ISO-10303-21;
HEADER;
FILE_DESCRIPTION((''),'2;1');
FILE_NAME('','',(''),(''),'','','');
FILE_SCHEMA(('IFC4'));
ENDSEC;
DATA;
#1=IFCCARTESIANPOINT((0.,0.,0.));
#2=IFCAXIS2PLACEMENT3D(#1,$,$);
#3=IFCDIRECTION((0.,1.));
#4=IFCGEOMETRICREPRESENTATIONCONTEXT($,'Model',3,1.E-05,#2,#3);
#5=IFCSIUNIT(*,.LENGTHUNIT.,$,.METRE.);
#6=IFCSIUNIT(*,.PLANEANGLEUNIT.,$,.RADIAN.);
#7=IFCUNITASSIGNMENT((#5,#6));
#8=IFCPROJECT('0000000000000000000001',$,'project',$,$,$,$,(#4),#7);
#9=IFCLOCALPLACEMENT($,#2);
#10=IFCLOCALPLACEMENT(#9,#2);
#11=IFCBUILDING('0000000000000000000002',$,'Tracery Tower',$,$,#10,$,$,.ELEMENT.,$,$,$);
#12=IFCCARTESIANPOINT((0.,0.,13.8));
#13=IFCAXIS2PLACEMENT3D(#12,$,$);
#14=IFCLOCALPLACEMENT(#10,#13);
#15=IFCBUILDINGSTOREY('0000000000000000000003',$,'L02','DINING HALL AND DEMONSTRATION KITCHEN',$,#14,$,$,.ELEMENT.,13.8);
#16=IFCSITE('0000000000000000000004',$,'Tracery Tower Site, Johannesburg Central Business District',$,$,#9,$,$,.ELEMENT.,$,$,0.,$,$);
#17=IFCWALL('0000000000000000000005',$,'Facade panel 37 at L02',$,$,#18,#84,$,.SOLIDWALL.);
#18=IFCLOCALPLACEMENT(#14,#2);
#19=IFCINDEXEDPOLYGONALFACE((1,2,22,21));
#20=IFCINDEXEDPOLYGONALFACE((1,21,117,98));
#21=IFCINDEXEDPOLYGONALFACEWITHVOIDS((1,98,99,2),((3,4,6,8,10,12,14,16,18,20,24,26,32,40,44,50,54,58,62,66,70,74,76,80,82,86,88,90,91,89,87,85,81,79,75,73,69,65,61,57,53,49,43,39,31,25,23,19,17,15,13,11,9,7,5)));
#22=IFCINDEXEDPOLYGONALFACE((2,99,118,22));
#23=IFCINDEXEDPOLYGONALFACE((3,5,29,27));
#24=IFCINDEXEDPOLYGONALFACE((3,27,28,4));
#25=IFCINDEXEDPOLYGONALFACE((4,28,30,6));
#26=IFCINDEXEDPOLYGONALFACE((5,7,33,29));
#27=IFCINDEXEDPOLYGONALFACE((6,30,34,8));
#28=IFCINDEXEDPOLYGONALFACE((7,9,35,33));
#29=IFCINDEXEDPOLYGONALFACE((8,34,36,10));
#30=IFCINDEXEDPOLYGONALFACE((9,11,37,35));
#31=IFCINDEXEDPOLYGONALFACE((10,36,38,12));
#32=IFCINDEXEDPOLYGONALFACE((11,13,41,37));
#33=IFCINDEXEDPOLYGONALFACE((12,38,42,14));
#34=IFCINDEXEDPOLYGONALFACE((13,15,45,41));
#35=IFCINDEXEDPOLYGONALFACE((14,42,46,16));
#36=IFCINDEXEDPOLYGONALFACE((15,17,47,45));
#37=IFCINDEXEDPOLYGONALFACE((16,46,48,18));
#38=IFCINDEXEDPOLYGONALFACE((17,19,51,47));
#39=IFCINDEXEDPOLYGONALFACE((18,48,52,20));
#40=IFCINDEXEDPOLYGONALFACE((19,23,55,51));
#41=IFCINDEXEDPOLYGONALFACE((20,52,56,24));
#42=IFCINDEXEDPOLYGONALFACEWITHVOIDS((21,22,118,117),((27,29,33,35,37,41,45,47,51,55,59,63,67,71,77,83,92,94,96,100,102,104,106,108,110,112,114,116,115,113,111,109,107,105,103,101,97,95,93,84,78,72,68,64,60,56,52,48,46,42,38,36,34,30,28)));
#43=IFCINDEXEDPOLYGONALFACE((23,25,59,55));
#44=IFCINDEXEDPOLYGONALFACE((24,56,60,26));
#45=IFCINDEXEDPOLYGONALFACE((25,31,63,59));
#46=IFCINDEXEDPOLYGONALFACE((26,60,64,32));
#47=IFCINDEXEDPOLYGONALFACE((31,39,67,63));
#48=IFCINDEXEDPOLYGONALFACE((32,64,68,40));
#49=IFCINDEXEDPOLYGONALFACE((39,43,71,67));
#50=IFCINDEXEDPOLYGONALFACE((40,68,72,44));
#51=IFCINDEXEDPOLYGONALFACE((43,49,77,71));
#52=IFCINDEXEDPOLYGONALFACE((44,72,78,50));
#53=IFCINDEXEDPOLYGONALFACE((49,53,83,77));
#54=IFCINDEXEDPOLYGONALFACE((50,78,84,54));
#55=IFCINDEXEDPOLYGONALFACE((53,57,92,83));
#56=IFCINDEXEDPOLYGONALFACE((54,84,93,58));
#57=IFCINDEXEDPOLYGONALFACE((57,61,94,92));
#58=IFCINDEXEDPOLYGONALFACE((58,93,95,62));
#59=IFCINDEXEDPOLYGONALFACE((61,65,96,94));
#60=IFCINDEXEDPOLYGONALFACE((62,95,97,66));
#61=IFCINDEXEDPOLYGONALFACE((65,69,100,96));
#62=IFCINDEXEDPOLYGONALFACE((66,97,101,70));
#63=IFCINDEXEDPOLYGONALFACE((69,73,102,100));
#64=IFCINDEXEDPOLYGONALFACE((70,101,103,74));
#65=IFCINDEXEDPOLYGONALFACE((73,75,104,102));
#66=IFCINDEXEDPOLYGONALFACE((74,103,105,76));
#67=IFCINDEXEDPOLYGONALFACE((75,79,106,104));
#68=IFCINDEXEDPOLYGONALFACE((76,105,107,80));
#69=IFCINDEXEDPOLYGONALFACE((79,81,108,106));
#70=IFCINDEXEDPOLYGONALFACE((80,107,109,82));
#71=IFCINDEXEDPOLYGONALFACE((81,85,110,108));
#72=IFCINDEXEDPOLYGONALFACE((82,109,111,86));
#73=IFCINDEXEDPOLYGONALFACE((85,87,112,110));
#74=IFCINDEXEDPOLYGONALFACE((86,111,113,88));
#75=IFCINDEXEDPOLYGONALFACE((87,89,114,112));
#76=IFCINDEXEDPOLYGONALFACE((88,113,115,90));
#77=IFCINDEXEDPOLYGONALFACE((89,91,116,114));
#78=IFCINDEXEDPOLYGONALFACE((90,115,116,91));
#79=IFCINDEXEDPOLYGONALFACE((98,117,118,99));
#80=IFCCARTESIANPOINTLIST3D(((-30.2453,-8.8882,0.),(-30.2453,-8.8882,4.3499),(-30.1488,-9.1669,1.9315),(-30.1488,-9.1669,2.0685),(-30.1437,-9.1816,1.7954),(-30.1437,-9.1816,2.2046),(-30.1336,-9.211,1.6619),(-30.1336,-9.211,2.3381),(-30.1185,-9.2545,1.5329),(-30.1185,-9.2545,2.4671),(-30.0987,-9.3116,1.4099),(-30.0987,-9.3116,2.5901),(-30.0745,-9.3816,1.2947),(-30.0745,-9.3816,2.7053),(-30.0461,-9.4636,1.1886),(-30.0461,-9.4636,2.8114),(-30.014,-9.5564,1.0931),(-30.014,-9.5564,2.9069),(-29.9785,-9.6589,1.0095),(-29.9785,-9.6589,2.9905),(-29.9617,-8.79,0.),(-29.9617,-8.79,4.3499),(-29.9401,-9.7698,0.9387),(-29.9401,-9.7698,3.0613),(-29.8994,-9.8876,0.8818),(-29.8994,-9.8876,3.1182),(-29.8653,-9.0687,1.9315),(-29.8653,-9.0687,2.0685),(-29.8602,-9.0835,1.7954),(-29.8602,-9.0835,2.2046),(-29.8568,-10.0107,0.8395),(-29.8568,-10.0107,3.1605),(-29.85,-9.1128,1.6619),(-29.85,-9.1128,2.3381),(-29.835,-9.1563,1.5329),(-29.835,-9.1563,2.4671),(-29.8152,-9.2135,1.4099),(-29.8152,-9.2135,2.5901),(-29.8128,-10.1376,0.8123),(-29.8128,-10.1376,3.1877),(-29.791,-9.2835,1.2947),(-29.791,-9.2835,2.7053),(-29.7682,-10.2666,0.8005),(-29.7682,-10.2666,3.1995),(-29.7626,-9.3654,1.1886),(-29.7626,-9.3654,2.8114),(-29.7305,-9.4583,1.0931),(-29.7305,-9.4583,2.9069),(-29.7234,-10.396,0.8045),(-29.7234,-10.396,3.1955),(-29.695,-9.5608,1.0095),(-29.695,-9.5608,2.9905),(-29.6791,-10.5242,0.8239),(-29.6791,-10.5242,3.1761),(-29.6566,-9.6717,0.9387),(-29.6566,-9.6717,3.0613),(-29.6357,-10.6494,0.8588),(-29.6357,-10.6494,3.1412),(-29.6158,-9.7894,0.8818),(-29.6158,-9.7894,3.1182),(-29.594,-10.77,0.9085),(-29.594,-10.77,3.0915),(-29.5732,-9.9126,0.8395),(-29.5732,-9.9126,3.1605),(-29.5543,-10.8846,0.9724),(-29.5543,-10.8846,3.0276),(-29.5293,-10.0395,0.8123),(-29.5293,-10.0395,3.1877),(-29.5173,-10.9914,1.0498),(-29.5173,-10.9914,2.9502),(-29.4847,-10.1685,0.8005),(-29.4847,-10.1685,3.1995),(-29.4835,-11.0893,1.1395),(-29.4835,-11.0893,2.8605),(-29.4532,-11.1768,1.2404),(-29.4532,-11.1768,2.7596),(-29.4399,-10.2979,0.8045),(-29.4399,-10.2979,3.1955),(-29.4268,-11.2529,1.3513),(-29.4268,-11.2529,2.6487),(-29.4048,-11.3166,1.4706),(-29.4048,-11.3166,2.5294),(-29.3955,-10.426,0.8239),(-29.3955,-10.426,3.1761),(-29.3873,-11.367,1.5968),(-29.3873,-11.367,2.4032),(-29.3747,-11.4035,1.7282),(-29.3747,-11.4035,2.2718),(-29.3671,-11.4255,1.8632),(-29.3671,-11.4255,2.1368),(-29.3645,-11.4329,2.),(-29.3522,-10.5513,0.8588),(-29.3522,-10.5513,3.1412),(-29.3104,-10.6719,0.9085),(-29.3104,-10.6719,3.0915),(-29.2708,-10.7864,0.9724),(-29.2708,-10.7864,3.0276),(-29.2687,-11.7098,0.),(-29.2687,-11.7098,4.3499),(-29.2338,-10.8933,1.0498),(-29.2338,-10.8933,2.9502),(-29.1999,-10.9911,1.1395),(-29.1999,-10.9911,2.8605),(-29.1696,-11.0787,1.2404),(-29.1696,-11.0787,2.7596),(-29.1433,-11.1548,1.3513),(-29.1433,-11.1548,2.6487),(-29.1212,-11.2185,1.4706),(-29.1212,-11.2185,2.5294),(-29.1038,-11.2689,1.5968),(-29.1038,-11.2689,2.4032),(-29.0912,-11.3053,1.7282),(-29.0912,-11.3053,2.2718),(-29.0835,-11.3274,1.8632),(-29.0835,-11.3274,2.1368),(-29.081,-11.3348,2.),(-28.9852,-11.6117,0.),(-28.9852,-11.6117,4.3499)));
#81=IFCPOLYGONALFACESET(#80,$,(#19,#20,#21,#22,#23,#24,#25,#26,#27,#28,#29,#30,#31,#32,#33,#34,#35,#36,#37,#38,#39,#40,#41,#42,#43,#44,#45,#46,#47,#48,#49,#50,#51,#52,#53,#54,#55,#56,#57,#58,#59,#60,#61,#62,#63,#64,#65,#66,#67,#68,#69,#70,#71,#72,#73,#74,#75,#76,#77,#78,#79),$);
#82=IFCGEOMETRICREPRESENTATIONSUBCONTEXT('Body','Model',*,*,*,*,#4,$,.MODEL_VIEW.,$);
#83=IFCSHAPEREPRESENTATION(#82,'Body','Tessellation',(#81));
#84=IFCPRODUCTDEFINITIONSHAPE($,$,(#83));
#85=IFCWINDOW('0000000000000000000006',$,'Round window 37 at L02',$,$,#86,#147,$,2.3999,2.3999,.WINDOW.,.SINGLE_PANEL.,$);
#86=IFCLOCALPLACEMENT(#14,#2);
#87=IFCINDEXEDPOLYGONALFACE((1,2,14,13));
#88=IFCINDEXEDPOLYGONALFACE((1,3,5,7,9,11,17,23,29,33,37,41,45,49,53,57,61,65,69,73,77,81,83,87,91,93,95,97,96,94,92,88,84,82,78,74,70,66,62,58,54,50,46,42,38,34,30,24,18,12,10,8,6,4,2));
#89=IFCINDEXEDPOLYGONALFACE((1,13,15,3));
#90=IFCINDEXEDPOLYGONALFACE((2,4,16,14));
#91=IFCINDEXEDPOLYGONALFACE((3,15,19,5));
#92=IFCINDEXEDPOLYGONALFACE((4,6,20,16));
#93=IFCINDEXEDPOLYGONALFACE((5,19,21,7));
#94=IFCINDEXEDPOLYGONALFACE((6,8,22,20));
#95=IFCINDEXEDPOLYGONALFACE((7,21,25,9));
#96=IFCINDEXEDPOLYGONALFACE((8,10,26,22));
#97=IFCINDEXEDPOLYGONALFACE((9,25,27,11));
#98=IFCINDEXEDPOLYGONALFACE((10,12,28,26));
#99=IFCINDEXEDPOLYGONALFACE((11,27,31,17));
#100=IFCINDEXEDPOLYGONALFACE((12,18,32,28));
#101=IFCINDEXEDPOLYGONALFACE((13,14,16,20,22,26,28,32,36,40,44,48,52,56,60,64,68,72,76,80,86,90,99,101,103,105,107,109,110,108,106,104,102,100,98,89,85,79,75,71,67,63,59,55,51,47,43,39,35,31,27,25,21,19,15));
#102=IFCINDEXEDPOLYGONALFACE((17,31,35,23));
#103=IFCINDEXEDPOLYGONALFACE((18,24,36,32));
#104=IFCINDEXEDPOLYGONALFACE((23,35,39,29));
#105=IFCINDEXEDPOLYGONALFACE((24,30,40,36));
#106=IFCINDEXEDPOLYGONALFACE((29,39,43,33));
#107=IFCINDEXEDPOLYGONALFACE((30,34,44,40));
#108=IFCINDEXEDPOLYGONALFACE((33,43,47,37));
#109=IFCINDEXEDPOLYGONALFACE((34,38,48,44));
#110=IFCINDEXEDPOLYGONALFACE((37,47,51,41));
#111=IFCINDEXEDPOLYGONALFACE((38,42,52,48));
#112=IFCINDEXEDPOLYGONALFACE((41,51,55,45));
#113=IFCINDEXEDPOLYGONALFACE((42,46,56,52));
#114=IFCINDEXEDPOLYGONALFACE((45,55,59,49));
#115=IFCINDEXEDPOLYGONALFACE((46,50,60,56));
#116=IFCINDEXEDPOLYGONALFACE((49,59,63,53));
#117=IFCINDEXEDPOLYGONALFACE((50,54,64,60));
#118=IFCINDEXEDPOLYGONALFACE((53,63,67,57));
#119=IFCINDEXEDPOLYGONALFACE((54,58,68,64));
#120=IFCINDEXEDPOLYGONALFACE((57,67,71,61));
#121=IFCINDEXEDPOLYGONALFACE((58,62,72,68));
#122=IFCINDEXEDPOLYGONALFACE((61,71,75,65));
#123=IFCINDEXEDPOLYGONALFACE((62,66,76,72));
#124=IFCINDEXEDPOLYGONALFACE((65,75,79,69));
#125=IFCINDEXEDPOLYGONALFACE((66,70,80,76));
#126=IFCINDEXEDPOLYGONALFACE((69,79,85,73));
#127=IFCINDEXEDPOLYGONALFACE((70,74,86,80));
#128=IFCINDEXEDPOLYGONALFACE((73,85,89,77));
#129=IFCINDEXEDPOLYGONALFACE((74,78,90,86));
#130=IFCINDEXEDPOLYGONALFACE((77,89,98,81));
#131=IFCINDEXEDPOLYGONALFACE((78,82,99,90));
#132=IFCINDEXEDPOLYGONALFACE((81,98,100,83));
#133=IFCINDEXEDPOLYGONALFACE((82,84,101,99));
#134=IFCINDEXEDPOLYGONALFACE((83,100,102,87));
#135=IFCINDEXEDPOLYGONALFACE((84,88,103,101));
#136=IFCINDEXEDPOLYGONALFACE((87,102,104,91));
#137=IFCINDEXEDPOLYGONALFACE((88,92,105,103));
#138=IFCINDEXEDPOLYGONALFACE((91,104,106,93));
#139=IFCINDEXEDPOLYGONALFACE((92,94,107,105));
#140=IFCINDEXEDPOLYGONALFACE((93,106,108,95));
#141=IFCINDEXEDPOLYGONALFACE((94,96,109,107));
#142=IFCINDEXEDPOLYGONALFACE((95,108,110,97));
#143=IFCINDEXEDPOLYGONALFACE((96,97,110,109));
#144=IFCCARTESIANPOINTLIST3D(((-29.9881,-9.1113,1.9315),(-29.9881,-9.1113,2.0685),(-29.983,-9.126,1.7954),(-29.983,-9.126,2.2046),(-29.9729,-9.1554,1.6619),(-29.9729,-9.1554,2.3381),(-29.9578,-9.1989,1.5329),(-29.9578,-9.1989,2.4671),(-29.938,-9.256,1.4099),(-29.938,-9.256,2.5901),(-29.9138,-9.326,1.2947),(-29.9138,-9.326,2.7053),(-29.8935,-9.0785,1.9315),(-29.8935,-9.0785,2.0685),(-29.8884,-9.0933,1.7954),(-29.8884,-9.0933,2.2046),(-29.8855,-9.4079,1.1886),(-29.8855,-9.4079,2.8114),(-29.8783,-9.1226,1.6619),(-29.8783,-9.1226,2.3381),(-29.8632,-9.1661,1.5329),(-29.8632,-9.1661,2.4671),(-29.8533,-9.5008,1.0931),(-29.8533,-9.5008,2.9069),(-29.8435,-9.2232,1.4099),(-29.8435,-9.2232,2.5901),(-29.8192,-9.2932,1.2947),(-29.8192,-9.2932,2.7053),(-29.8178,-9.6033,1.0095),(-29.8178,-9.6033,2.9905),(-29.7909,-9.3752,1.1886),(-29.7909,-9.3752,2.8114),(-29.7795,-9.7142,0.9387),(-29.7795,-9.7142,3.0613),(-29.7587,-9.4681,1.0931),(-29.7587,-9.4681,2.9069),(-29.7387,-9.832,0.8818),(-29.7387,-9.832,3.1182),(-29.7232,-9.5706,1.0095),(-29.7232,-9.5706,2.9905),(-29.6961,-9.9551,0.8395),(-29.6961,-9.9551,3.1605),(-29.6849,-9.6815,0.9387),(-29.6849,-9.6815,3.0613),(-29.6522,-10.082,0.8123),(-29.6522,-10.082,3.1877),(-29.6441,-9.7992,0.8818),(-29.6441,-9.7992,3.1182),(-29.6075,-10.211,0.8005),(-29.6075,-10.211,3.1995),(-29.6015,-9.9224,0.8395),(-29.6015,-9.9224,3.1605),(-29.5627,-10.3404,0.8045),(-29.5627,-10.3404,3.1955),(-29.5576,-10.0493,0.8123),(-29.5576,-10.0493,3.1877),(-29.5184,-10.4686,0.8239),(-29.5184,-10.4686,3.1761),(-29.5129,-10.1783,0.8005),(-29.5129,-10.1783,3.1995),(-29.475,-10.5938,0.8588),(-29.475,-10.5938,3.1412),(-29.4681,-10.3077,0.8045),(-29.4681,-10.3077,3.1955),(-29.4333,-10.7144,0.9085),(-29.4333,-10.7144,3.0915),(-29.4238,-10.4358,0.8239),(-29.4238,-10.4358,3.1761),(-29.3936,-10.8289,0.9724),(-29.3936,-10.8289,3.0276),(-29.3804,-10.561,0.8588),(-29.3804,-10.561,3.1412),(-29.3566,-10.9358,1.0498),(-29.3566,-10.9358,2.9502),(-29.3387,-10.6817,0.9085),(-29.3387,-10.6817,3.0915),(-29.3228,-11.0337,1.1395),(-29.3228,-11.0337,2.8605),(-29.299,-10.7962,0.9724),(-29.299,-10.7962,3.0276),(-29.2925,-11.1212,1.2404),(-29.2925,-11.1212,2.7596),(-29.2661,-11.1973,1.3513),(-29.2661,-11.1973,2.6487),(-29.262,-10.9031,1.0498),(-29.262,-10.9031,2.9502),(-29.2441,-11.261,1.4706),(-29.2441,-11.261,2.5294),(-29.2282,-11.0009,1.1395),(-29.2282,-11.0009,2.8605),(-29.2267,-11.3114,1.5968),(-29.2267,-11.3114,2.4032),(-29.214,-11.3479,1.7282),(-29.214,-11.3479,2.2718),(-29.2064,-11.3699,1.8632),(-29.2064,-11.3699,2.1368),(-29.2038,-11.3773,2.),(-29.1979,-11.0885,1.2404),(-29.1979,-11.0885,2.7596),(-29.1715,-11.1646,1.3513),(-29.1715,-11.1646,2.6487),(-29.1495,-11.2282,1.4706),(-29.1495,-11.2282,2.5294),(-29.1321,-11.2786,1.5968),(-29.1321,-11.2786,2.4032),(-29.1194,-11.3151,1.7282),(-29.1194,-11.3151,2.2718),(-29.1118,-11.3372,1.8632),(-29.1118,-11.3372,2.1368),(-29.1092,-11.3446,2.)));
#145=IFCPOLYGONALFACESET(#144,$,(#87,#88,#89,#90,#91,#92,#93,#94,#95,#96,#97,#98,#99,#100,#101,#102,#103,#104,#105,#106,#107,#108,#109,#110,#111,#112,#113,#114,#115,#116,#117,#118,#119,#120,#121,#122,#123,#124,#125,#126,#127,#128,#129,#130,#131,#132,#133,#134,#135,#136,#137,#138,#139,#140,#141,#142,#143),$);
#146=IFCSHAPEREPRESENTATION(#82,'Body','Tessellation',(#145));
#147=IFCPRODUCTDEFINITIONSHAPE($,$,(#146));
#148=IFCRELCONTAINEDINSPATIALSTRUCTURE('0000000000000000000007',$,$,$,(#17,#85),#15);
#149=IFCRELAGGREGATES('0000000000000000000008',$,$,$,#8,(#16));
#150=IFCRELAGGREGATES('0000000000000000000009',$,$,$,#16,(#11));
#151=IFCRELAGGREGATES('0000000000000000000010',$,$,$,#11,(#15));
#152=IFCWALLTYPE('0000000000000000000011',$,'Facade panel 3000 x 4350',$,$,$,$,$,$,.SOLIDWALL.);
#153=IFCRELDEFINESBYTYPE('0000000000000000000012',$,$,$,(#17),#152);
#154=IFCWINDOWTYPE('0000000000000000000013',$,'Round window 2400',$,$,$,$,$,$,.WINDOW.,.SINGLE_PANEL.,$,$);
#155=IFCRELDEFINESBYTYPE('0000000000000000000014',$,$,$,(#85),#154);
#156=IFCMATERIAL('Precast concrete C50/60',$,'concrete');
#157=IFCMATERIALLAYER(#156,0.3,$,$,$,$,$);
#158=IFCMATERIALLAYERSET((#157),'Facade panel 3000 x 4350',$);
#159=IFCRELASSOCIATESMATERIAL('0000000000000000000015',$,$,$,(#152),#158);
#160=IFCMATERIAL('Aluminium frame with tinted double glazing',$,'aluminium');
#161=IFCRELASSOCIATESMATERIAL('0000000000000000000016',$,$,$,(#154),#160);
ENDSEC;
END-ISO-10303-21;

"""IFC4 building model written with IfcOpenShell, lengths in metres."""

from ifc_helpers import new_model, si_unit, direction, frame, frame_2d, origin, origin_2d, place, context, subcontext, project, spatial, rectangle, circle, extrude, material, layer, layer_set, type_object, element, fill, save


model = new_model("IFC4")

# Units and contexts
model_context = context("Model", 3, precision=1e-05, world=origin(), true_north=direction((0.0, 1.0)))
body_context = subcontext(model_context, "Body", "Model", "MODEL_VIEW")
ifc_project = project(units=[si_unit("LENGTHUNIT", "METRE"), si_unit("PLANEANGLEUNIT", "RADIAN")], contexts=[model_context])

# Site, building, storey
site_placement = place(None, origin())
site = spatial("IfcSite", under=ifc_project, at=site_placement, Name="Tracery Tower Site, Johannesburg Central Business District", CompositionType="ELEMENT", RefElevation=0.0)
building_placement = place(site_placement, origin())
building = spatial("IfcBuilding", under=site, at=building_placement, Name="Tracery Tower", CompositionType="ELEMENT")
storey_placement = place(building_placement, frame((0.0, 0.0, 13.8)))
storey = spatial("IfcBuildingStorey", under=building, at=storey_placement, Name="L02", Description="DINING HALL AND DEMONSTRATION KITCHEN", CompositionType="ELEMENT", Elevation=13.8)

# Wall, opening, window
ifc_material_1 = material(Name="Precast concrete C50/60", Category="concrete")
ifc_layer = layer(ifc_material_1, 0.3)
ifc_layer_set = layer_set([ifc_layer], Name="Facade panel 3000 x 4350")
wall_type = type_object("IfcWallType", Name="Facade panel 3000 x 4350", PredefinedType="SOLIDWALL", material=ifc_layer_set)
ifc_material_2 = material(Name="Aluminium frame with tinted double glazing", Category="aluminium")
window_type = type_object("IfcWindowType", Name="Round window 2400", PartitioningType="SINGLE_PANEL", PredefinedType="WINDOW", material=ifc_material_2)
wall_1_placement = place(storey_placement, frame((-30.1035, -8.8391, 0.0), z_axis=(0.0, 0.0, 1.0), x_axis=(0.327074, -0.944999, 0.0)))
wall_1 = element("IfcWall", 1, at=wall_1_placement, inside=storey, type_object=wall_type, Name="Facade panel 37 at L02", PredefinedType="SOLIDWALL", context=body_context, shape_type="SweptSolid", body=[
    extrude(rectangle(XDim=2.9858, YDim=0.3, at=frame_2d((1.4929, 0.0))), origin(), (0.0, 0.0, 1.0), 4.3499),
])
opening_1_placement = place(wall_1_placement, frame((1.4929, 0.0, 2.0)))
opening_1 = element("IfcOpeningElement", 2, at=opening_1_placement, cuts=wall_1, PredefinedType="OPENING", context=body_context, shape_type="SweptSolid", body=[
    extrude(circle(Radius=1.2, at=origin_2d()), frame((0.0, 0.1599, 0.0), z_axis=(0.0, -1.0, 0.0), x_axis=(1.0, 0.0, 0.0)), (0.0, 0.0, 1.0), 0.3201),
])
window_1_placement = place(opening_1_placement, origin())
window_1 = element("IfcWindow", 3, at=window_1_placement, inside=storey, type_object=window_type, Name="Round window 37 at L02", OverallHeight=2.3999, OverallWidth=2.3999, PartitioningType="SINGLE_PANEL", PredefinedType="WINDOW", context=body_context, shape_type="SweptSolid", body=[
    extrude(circle(Radius=1.2, at=origin_2d()), frame((0.0, 0.1201, 0.0), z_axis=(0.0, -1.0, 0.0), x_axis=(1.0, 0.0, 0.0)), (0.0, 0.0, 1.0), 0.1001),
])
fill(opening_1, window_1)

save(model, "model.ifc")
